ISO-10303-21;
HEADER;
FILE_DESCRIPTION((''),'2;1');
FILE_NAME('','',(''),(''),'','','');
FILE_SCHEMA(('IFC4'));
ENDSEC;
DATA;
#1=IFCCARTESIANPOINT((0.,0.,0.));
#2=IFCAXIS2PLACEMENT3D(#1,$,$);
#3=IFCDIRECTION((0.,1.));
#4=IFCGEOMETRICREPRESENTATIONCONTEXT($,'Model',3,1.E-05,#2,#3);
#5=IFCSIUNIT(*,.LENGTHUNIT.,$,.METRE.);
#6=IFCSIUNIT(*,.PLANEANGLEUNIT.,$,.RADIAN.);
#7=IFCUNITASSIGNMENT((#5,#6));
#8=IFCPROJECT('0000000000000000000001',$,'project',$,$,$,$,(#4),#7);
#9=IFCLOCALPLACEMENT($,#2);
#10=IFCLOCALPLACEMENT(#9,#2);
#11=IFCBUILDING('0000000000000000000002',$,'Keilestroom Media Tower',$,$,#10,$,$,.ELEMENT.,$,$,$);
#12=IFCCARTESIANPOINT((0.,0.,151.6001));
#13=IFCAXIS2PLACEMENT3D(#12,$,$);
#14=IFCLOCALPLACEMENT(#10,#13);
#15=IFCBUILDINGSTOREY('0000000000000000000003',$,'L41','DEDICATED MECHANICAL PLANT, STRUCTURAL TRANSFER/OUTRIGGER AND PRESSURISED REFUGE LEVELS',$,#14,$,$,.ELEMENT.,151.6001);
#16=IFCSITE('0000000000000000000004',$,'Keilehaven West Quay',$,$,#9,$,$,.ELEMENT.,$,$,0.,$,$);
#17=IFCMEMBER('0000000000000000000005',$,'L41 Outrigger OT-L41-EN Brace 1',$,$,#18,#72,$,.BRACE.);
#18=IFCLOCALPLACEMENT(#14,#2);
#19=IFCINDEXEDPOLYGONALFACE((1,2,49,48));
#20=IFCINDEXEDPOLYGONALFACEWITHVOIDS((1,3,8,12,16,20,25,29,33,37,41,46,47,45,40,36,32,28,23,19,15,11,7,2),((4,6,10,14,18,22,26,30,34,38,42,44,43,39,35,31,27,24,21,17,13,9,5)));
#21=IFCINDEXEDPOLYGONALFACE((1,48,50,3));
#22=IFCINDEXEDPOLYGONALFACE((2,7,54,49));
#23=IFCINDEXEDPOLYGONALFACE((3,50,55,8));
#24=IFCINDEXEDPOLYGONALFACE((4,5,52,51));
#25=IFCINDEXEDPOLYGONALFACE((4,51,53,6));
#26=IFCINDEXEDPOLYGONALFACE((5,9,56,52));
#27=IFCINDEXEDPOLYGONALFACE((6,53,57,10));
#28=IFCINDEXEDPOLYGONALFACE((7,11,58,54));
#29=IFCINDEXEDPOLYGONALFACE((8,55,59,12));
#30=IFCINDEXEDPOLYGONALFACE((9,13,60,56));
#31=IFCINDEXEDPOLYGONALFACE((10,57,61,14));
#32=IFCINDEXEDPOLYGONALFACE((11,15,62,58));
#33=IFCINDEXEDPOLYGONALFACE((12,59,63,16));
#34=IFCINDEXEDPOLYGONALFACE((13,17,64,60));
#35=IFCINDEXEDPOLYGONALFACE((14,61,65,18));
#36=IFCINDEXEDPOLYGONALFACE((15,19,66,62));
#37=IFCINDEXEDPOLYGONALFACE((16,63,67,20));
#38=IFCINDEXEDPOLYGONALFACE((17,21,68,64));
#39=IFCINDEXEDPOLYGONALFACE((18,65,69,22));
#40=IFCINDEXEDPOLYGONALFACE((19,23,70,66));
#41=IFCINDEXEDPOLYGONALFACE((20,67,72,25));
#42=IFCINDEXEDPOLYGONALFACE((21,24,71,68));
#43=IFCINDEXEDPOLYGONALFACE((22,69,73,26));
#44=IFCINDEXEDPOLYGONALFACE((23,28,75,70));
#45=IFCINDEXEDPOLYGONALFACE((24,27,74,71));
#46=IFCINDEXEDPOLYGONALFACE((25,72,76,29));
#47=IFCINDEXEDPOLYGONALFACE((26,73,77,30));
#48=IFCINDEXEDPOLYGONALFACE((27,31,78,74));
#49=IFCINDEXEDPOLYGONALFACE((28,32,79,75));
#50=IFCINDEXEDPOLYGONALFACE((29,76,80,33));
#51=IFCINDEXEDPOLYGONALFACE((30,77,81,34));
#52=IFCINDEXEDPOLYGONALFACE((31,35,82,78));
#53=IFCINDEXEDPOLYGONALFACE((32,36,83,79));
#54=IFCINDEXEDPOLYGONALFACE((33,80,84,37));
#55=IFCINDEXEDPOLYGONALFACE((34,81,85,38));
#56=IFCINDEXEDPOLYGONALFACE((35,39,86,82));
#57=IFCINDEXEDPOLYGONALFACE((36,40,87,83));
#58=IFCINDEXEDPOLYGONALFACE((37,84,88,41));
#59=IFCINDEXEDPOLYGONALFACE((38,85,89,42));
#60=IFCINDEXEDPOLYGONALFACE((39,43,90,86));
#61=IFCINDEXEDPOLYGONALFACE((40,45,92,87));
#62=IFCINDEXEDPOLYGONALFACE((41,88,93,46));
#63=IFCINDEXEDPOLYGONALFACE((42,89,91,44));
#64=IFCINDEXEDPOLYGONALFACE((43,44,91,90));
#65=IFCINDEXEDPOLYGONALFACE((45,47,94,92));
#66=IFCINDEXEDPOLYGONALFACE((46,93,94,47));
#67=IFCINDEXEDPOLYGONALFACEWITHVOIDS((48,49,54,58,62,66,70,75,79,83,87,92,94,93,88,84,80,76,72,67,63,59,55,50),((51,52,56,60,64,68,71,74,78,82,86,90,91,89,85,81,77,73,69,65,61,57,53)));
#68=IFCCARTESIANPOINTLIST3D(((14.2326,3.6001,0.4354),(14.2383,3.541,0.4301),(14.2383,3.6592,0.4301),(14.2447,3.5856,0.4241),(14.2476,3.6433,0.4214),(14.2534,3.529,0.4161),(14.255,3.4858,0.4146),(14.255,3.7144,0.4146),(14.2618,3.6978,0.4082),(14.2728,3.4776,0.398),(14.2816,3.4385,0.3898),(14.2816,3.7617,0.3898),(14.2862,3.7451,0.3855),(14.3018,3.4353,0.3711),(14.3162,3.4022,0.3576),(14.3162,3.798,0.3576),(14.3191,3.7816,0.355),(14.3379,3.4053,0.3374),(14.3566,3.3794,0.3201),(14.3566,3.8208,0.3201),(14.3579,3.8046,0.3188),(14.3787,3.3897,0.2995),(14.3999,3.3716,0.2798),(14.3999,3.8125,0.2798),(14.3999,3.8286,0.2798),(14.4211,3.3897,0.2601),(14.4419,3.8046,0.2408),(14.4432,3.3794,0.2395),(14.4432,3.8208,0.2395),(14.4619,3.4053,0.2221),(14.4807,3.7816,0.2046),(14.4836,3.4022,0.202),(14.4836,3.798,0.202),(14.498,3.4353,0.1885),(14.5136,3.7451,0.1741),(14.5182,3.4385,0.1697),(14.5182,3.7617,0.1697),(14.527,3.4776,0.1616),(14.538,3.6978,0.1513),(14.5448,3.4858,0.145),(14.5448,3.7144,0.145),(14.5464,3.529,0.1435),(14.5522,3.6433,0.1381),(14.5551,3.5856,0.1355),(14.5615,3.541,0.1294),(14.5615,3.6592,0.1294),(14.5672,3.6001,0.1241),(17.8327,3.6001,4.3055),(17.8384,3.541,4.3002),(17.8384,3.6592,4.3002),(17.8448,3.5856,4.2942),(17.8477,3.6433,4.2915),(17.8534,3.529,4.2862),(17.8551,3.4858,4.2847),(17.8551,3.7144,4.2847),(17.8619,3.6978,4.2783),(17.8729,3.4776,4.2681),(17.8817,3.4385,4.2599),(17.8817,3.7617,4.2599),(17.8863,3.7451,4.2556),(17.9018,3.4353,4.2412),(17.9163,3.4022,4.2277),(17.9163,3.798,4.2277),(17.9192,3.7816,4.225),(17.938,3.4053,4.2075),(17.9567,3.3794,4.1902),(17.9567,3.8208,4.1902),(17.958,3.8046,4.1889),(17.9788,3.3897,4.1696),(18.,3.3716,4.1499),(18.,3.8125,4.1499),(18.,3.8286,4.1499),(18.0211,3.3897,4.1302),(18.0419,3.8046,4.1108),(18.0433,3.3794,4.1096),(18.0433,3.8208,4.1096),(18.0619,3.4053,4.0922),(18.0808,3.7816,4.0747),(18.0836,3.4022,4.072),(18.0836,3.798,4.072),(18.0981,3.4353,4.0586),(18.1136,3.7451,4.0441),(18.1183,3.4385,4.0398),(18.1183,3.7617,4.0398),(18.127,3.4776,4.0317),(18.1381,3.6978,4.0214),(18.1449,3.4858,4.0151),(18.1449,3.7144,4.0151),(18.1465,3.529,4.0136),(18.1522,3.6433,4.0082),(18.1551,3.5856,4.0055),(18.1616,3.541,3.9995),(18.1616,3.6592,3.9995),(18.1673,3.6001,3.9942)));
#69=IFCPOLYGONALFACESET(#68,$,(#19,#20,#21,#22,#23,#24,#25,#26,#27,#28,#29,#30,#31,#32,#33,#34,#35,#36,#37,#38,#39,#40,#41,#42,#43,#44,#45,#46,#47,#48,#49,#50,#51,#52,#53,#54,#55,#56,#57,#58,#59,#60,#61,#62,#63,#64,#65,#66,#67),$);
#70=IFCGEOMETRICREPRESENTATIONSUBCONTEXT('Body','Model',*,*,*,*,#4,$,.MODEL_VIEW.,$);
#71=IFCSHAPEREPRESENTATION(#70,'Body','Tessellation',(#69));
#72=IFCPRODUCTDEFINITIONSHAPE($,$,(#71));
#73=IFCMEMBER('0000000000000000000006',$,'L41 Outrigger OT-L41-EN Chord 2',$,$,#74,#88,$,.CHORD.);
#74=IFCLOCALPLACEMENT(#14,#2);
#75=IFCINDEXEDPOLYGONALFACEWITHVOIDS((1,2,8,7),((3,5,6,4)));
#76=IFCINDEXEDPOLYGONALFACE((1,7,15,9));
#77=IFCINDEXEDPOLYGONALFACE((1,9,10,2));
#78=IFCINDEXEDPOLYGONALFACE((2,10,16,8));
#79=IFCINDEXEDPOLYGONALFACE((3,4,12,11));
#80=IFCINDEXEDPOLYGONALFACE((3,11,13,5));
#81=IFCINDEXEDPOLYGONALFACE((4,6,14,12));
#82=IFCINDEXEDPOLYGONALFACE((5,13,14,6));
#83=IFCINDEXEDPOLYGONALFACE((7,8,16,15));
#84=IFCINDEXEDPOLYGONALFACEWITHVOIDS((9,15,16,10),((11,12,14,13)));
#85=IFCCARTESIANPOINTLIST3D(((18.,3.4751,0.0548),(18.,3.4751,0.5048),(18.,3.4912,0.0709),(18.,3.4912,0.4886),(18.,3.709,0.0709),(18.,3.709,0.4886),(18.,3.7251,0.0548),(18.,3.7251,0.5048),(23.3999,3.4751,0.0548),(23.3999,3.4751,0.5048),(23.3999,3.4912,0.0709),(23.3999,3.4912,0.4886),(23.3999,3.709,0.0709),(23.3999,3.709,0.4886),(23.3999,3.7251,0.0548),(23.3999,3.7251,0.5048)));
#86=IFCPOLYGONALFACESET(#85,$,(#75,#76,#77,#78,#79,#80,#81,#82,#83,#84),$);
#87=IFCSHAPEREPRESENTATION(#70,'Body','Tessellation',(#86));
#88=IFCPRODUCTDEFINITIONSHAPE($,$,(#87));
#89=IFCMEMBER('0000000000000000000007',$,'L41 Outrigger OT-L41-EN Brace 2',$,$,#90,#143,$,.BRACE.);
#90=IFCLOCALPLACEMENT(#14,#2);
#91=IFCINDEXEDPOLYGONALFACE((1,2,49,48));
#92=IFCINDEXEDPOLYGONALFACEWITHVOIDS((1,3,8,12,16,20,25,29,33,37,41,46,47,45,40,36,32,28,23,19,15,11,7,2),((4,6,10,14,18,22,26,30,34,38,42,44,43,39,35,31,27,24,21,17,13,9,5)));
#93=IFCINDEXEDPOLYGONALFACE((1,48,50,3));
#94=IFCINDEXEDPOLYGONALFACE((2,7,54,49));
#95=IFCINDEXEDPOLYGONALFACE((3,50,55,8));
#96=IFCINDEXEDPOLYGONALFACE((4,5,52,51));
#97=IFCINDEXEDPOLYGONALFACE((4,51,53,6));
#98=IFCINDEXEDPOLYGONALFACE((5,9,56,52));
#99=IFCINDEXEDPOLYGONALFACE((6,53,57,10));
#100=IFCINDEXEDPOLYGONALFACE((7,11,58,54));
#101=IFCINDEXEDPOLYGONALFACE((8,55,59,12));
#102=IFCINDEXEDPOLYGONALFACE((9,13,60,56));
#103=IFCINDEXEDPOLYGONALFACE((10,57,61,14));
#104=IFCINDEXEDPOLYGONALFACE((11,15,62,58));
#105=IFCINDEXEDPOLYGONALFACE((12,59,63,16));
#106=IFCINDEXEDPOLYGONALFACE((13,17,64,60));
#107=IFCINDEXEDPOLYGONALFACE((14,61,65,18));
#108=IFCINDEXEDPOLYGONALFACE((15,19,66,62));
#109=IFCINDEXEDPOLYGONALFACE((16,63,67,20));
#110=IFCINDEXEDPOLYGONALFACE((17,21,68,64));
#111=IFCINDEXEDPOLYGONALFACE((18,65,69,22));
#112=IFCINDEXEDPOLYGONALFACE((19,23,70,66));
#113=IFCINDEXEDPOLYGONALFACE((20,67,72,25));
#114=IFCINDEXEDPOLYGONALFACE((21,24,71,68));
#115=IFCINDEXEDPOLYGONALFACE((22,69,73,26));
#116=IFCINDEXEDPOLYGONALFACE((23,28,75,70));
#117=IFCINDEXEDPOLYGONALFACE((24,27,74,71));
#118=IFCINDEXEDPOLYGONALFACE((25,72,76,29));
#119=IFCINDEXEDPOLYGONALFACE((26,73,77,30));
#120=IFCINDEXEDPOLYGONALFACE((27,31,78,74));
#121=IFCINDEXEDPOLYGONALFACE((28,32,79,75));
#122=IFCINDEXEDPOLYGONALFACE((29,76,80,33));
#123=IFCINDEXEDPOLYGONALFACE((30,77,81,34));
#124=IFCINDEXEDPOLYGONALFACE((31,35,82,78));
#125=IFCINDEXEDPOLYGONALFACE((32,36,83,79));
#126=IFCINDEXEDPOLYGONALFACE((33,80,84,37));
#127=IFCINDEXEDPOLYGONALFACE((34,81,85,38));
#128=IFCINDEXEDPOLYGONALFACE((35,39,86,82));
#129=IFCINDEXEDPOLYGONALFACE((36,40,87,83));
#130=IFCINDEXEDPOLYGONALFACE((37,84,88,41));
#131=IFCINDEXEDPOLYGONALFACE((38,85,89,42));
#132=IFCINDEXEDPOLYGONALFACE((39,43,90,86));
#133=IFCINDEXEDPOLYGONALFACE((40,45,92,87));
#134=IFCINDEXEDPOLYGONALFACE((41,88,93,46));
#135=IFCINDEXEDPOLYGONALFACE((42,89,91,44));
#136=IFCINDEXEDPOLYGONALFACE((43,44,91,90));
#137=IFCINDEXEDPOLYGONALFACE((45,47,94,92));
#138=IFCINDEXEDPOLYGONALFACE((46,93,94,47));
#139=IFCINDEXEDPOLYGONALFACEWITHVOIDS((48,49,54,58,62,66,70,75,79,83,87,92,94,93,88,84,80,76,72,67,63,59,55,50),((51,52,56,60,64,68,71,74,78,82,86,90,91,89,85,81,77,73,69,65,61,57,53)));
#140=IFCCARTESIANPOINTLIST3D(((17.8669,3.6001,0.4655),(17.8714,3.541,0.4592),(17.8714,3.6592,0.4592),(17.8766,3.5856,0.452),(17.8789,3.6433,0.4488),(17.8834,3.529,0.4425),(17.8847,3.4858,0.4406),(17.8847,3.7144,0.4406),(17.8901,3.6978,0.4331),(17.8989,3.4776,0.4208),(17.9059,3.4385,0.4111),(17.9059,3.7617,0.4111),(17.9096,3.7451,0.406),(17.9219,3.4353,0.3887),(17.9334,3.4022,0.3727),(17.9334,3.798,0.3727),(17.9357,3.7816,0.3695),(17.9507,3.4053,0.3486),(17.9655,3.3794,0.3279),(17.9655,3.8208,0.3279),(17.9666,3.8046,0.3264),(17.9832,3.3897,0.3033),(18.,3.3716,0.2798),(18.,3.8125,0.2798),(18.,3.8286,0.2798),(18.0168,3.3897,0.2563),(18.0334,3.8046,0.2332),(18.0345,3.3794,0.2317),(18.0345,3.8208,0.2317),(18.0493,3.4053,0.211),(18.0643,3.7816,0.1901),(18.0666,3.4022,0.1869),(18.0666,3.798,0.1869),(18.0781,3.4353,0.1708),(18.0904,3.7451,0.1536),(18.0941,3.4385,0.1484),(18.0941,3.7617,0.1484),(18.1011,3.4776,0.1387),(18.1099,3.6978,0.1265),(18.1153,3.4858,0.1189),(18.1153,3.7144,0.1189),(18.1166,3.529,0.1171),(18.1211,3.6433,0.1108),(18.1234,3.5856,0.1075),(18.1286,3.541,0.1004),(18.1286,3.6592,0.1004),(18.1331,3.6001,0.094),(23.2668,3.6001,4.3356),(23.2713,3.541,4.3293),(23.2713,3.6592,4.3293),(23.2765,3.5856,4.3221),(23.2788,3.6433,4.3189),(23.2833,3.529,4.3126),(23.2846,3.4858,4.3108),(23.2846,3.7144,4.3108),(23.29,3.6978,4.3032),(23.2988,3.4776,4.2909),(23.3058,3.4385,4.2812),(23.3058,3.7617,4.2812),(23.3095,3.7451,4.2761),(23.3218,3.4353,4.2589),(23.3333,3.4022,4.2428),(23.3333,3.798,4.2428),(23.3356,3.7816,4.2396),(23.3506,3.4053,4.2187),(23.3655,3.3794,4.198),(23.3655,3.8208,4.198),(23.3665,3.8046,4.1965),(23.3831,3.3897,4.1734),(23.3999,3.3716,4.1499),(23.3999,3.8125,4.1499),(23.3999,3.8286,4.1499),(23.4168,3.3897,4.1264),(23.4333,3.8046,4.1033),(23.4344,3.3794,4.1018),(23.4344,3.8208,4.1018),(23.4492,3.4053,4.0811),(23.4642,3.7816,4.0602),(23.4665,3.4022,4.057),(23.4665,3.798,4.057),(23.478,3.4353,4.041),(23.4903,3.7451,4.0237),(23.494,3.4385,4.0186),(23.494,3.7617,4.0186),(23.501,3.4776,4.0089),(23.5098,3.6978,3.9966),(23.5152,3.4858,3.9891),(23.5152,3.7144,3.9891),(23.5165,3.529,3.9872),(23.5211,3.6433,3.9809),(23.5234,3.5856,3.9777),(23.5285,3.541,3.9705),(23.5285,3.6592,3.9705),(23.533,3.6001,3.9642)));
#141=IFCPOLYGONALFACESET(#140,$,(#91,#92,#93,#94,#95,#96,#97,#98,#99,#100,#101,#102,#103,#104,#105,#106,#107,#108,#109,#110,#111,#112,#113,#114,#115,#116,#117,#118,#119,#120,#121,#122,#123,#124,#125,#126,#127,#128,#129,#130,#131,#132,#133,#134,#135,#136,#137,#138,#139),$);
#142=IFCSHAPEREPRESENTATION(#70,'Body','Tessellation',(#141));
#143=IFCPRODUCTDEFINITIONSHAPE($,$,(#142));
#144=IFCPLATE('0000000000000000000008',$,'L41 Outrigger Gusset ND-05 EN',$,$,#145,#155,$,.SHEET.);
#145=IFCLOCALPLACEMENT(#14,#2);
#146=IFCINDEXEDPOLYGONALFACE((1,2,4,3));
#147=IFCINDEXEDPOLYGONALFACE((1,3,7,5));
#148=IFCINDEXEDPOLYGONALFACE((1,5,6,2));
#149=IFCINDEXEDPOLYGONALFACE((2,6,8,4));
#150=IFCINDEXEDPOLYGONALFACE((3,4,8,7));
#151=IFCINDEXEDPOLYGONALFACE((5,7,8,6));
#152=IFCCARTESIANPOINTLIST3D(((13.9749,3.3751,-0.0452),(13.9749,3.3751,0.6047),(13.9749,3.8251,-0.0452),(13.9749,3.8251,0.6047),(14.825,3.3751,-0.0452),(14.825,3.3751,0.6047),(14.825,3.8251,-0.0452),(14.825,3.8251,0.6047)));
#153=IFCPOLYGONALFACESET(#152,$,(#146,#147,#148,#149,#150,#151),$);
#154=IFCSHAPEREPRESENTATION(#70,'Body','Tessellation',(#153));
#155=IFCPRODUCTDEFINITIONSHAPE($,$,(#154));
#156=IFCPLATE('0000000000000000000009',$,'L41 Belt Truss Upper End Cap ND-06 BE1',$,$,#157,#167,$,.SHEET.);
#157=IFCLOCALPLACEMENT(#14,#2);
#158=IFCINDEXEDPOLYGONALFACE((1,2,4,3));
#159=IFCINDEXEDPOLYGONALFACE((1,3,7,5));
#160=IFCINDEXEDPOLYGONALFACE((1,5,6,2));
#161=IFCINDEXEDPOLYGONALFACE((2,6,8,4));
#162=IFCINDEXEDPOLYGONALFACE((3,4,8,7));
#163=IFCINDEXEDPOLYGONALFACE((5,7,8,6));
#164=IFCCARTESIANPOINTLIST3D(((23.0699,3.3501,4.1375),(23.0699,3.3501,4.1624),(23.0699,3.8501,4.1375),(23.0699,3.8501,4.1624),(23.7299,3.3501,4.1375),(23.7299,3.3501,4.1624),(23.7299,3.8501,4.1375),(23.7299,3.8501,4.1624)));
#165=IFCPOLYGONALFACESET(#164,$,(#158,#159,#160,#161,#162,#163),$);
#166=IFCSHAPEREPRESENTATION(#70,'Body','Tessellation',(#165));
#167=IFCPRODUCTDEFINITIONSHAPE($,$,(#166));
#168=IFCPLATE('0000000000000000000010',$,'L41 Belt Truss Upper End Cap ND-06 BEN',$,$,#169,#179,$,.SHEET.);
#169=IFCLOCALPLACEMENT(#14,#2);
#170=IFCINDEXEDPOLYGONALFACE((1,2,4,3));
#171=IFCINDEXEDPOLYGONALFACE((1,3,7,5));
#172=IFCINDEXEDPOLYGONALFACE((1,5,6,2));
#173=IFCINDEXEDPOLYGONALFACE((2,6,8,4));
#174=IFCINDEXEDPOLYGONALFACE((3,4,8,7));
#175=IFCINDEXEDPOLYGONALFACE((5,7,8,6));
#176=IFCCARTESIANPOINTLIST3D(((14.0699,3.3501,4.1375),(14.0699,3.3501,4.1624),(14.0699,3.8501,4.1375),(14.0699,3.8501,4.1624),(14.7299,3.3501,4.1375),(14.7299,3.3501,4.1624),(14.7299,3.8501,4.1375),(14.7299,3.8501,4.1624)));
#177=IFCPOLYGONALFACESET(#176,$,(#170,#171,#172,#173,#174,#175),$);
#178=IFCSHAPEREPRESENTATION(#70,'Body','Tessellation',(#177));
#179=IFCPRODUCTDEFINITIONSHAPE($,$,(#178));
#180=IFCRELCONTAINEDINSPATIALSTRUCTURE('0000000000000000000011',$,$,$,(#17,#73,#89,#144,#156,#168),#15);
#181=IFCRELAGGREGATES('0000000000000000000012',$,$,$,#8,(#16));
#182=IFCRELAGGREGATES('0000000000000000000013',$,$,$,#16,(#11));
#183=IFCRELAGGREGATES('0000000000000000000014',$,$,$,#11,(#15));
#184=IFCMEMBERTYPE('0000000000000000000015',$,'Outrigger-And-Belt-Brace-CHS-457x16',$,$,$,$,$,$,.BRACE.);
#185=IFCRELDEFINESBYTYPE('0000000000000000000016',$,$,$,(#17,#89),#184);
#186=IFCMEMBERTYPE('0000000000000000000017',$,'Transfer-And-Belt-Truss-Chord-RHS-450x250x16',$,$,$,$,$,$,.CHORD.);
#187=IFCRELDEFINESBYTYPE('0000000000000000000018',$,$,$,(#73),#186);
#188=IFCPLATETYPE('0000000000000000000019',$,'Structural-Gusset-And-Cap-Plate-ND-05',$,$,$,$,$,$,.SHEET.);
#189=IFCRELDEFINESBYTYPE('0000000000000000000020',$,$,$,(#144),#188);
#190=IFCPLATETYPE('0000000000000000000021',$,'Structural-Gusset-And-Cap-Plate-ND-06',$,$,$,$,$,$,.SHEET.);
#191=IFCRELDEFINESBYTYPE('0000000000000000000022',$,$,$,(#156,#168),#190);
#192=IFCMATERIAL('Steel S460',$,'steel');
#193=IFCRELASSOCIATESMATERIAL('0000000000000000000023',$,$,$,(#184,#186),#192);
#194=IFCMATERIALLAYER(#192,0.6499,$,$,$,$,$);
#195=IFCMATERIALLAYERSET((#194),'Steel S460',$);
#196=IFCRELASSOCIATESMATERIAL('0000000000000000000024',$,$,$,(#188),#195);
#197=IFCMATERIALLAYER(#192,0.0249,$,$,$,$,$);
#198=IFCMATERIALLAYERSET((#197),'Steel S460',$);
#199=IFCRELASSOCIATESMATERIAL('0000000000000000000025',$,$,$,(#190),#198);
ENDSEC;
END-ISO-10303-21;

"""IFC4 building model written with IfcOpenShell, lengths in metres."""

from ifc_helpers import new_model, si_unit, direction, frame, origin, origin_2d, place, context, subcontext, project, spatial, rectangle, hollow_rectangle, hollow_circle, extrude, source, transform, mapped, material, layer, layer_set, material_profile, profile_set, type_object, element, save


model = new_model("IFC4")

# Units and contexts
model_context = context("Model", 3, precision=1e-05, world=origin(), true_north=direction((0.0, 1.0)))
body_context = subcontext(model_context, "Body", "Model", "MODEL_VIEW")
ifc_project = project(units=[si_unit("LENGTHUNIT", "METRE"), si_unit("PLANEANGLEUNIT", "RADIAN")], contexts=[model_context])

# Site, building, storey
site_placement = place(None, origin())
site = spatial("IfcSite", under=ifc_project, at=site_placement, Name="Keilehaven West Quay", CompositionType="ELEMENT", RefElevation=0.0)
building_placement = place(site_placement, origin())
building = spatial("IfcBuilding", under=site, at=building_placement, Name="Keilestroom Media Tower", CompositionType="ELEMENT")
storey_placement = place(building_placement, frame((0.0, 0.0, 151.6001)))
storey = spatial("IfcBuildingStorey", under=building, at=storey_placement, Name="L41", Description="DEDICATED MECHANICAL PLANT, STRUCTURAL TRANSFER/OUTRIGGER AND PRESSURISED REFUGE LEVELS", CompositionType="ELEMENT", Elevation=151.6001)

# Members
ifc_material_1 = material(Name="Steel S460", Category="steel")
ifc_material_profile_1 = material_profile(ifc_material_1, hollow_circle(Radius=0.2285, WallThickness=0.0161, at=origin_2d()), Name="CHS 457x16")
ifc_profile_set_1 = profile_set([ifc_material_profile_1], Name="Steel S460")
member_type_1 = type_object("IfcMemberType", Name="Outrigger-And-Belt-Brace-CHS-457x16", PredefinedType="BRACE", material=ifc_profile_set_1)
shared_shape_1 = source(origin(), body_context, "Body", "SweptSolid", [
    extrude(hollow_circle(Radius=0.2285, WallThickness=0.0161, at=origin_2d()), origin(), (0.0, 0.0, 1.0), 5.2856),
])
member_1_placement = place(storey_placement, frame((14.3999, 3.6001, 0.2798), z_axis=(0.681103, 0.0, 0.732188), x_axis=(0.0, 1.0, 0.0)))
element("IfcMember", 1, at=member_1_placement, inside=storey, type_object=member_type_1, Name="L41 Outrigger OT-L41-EN Brace 1", PredefinedType="BRACE", context=body_context, shape_type="MappedRepresentation", body=[
    mapped(shared_shape_1, transform((0.0, 0.0, 0.0), x_axis=(1.0, 0.0, 0.0), y_axis=(0.0, 1.0, 0.0), z_axis=(0.0, 0.0, 1.0), scale=1.0)),
])
ifc_material_profile_2 = material_profile(ifc_material_1, hollow_rectangle(XDim=0.25, YDim=0.45, WallThickness=0.0161, at=origin_2d()), Name="RHS 450x250x16")
ifc_profile_set_2 = profile_set([ifc_material_profile_2], Name="Steel S460")
member_type_2 = type_object("IfcMemberType", Name="Transfer-And-Belt-Truss-Chord-RHS-450x250x16", PredefinedType="CHORD", material=ifc_profile_set_2)
shared_shape_2 = source(origin(), body_context, "Body", "SweptSolid", [
    extrude(hollow_rectangle(XDim=0.25, YDim=0.45, WallThickness=0.0161, at=origin_2d()), origin(), (0.0, 0.0, 1.0), 5.3999),
])
member_2_placement = place(storey_placement, frame((18.0, 3.6001, 0.2798), z_axis=(1.0, 0.0, 0.0), x_axis=(0.0, 1.0, 0.0)))
element("IfcMember", 2, at=member_2_placement, inside=storey, type_object=member_type_2, Name="L41 Outrigger OT-L41-EN Chord 2", PredefinedType="CHORD", context=body_context, shape_type="MappedRepresentation", body=[
    mapped(shared_shape_2, transform((0.0, 0.0, 0.0), x_axis=(1.0, 0.0, 0.0), y_axis=(0.0, 1.0, 0.0), z_axis=(0.0, 0.0, 1.0), scale=1.0)),
])
shared_shape_3 = source(origin(), body_context, "Body", "SweptSolid", [
    extrude(hollow_circle(Radius=0.2285, WallThickness=0.0161, at=origin_2d()), origin(), (0.0, 0.0, 1.0), 6.6436),
])
member_3_placement = place(storey_placement, frame((18.0, 3.6001, 0.2798), z_axis=(0.812804, 0.0, 0.582538), x_axis=(0.0, 1.0, 0.0)))
element("IfcMember", 3, at=member_3_placement, inside=storey, type_object=member_type_1, Name="L41 Outrigger OT-L41-EN Brace 2", PredefinedType="BRACE", context=body_context, shape_type="MappedRepresentation", body=[
    mapped(shared_shape_3, transform((0.0, 0.0, 0.0), x_axis=(1.0, 0.0, 0.0), y_axis=(0.0, 1.0, 0.0), z_axis=(0.0, 0.0, 1.0), scale=1.0)),
])

# Plates
ifc_layer_1 = layer(ifc_material_1, 0.6499)
ifc_layer_set_1 = layer_set([ifc_layer_1], Name="Steel S460")
plate_type_1 = type_object("IfcPlateType", Name="Structural-Gusset-And-Cap-Plate-ND-05", PredefinedType="SHEET", material=ifc_layer_set_1)
shared_shape_4 = source(origin(), body_context, "Body", "SweptSolid", [
    extrude(rectangle(XDim=0.8501, YDim=0.45, at=origin_2d()), origin(), (0.0, 0.0, 1.0), 0.6499),
])
plate_placement = place(storey_placement, frame((14.3999, 3.6001, -0.0452), z_axis=(0.0, 0.0, 1.0), x_axis=(1.0, 0.0, 0.0)))
element("IfcPlate", 4, at=plate_placement, inside=storey, type_object=plate_type_1, Name="L41 Outrigger Gusset ND-05 EN", PredefinedType="SHEET", context=body_context, shape_type="MappedRepresentation", body=[
    mapped(shared_shape_4, transform((0.0, 0.0, 0.0), x_axis=(1.0, 0.0, 0.0), y_axis=(0.0, 1.0, 0.0), z_axis=(0.0, 0.0, 1.0), scale=1.0)),
])
ifc_layer_2 = layer(ifc_material_1, 0.0249)
ifc_layer_set_2 = layer_set([ifc_layer_2], Name="Steel S460")
plate_type_2 = type_object("IfcPlateType", Name="Structural-Gusset-And-Cap-Plate-ND-06", PredefinedType="SHEET", material=ifc_layer_set_2)
shared_shape_5 = source(origin(), body_context, "Body", "SweptSolid", [
    extrude(rectangle(XDim=0.6599, YDim=0.5, at=origin_2d()), origin(), (0.0, 0.0, 1.0), 0.0249),
])
for number, where, z_axis, x_axis, name in (
    (5, (23.3999, 3.6001, 4.1375), (0.0, 0.0, 1.0), (1.0, 0.0, 0.0), "L41 Belt Truss Upper End Cap ND-06 BE1"),
    (6, (14.3999, 3.6001, 4.1375), (0.0, 0.0, 1.0), (1.0, 0.0, 0.0), "L41 Belt Truss Upper End Cap ND-06 BEN"),
):
    element("IfcPlate", number, at=place(storey_placement, frame(where, z_axis=z_axis, x_axis=x_axis)), inside=storey, type_object=plate_type_2, Name=name, PredefinedType="SHEET", context=body_context, shape_type="MappedRepresentation", body=[
        mapped(shared_shape_5, transform((0.0, 0.0, 0.0), x_axis=(1.0, 0.0, 0.0), y_axis=(0.0, 1.0, 0.0), z_axis=(0.0, 0.0, 1.0), scale=1.0)),
    ])

save(model, "model.ifc")
